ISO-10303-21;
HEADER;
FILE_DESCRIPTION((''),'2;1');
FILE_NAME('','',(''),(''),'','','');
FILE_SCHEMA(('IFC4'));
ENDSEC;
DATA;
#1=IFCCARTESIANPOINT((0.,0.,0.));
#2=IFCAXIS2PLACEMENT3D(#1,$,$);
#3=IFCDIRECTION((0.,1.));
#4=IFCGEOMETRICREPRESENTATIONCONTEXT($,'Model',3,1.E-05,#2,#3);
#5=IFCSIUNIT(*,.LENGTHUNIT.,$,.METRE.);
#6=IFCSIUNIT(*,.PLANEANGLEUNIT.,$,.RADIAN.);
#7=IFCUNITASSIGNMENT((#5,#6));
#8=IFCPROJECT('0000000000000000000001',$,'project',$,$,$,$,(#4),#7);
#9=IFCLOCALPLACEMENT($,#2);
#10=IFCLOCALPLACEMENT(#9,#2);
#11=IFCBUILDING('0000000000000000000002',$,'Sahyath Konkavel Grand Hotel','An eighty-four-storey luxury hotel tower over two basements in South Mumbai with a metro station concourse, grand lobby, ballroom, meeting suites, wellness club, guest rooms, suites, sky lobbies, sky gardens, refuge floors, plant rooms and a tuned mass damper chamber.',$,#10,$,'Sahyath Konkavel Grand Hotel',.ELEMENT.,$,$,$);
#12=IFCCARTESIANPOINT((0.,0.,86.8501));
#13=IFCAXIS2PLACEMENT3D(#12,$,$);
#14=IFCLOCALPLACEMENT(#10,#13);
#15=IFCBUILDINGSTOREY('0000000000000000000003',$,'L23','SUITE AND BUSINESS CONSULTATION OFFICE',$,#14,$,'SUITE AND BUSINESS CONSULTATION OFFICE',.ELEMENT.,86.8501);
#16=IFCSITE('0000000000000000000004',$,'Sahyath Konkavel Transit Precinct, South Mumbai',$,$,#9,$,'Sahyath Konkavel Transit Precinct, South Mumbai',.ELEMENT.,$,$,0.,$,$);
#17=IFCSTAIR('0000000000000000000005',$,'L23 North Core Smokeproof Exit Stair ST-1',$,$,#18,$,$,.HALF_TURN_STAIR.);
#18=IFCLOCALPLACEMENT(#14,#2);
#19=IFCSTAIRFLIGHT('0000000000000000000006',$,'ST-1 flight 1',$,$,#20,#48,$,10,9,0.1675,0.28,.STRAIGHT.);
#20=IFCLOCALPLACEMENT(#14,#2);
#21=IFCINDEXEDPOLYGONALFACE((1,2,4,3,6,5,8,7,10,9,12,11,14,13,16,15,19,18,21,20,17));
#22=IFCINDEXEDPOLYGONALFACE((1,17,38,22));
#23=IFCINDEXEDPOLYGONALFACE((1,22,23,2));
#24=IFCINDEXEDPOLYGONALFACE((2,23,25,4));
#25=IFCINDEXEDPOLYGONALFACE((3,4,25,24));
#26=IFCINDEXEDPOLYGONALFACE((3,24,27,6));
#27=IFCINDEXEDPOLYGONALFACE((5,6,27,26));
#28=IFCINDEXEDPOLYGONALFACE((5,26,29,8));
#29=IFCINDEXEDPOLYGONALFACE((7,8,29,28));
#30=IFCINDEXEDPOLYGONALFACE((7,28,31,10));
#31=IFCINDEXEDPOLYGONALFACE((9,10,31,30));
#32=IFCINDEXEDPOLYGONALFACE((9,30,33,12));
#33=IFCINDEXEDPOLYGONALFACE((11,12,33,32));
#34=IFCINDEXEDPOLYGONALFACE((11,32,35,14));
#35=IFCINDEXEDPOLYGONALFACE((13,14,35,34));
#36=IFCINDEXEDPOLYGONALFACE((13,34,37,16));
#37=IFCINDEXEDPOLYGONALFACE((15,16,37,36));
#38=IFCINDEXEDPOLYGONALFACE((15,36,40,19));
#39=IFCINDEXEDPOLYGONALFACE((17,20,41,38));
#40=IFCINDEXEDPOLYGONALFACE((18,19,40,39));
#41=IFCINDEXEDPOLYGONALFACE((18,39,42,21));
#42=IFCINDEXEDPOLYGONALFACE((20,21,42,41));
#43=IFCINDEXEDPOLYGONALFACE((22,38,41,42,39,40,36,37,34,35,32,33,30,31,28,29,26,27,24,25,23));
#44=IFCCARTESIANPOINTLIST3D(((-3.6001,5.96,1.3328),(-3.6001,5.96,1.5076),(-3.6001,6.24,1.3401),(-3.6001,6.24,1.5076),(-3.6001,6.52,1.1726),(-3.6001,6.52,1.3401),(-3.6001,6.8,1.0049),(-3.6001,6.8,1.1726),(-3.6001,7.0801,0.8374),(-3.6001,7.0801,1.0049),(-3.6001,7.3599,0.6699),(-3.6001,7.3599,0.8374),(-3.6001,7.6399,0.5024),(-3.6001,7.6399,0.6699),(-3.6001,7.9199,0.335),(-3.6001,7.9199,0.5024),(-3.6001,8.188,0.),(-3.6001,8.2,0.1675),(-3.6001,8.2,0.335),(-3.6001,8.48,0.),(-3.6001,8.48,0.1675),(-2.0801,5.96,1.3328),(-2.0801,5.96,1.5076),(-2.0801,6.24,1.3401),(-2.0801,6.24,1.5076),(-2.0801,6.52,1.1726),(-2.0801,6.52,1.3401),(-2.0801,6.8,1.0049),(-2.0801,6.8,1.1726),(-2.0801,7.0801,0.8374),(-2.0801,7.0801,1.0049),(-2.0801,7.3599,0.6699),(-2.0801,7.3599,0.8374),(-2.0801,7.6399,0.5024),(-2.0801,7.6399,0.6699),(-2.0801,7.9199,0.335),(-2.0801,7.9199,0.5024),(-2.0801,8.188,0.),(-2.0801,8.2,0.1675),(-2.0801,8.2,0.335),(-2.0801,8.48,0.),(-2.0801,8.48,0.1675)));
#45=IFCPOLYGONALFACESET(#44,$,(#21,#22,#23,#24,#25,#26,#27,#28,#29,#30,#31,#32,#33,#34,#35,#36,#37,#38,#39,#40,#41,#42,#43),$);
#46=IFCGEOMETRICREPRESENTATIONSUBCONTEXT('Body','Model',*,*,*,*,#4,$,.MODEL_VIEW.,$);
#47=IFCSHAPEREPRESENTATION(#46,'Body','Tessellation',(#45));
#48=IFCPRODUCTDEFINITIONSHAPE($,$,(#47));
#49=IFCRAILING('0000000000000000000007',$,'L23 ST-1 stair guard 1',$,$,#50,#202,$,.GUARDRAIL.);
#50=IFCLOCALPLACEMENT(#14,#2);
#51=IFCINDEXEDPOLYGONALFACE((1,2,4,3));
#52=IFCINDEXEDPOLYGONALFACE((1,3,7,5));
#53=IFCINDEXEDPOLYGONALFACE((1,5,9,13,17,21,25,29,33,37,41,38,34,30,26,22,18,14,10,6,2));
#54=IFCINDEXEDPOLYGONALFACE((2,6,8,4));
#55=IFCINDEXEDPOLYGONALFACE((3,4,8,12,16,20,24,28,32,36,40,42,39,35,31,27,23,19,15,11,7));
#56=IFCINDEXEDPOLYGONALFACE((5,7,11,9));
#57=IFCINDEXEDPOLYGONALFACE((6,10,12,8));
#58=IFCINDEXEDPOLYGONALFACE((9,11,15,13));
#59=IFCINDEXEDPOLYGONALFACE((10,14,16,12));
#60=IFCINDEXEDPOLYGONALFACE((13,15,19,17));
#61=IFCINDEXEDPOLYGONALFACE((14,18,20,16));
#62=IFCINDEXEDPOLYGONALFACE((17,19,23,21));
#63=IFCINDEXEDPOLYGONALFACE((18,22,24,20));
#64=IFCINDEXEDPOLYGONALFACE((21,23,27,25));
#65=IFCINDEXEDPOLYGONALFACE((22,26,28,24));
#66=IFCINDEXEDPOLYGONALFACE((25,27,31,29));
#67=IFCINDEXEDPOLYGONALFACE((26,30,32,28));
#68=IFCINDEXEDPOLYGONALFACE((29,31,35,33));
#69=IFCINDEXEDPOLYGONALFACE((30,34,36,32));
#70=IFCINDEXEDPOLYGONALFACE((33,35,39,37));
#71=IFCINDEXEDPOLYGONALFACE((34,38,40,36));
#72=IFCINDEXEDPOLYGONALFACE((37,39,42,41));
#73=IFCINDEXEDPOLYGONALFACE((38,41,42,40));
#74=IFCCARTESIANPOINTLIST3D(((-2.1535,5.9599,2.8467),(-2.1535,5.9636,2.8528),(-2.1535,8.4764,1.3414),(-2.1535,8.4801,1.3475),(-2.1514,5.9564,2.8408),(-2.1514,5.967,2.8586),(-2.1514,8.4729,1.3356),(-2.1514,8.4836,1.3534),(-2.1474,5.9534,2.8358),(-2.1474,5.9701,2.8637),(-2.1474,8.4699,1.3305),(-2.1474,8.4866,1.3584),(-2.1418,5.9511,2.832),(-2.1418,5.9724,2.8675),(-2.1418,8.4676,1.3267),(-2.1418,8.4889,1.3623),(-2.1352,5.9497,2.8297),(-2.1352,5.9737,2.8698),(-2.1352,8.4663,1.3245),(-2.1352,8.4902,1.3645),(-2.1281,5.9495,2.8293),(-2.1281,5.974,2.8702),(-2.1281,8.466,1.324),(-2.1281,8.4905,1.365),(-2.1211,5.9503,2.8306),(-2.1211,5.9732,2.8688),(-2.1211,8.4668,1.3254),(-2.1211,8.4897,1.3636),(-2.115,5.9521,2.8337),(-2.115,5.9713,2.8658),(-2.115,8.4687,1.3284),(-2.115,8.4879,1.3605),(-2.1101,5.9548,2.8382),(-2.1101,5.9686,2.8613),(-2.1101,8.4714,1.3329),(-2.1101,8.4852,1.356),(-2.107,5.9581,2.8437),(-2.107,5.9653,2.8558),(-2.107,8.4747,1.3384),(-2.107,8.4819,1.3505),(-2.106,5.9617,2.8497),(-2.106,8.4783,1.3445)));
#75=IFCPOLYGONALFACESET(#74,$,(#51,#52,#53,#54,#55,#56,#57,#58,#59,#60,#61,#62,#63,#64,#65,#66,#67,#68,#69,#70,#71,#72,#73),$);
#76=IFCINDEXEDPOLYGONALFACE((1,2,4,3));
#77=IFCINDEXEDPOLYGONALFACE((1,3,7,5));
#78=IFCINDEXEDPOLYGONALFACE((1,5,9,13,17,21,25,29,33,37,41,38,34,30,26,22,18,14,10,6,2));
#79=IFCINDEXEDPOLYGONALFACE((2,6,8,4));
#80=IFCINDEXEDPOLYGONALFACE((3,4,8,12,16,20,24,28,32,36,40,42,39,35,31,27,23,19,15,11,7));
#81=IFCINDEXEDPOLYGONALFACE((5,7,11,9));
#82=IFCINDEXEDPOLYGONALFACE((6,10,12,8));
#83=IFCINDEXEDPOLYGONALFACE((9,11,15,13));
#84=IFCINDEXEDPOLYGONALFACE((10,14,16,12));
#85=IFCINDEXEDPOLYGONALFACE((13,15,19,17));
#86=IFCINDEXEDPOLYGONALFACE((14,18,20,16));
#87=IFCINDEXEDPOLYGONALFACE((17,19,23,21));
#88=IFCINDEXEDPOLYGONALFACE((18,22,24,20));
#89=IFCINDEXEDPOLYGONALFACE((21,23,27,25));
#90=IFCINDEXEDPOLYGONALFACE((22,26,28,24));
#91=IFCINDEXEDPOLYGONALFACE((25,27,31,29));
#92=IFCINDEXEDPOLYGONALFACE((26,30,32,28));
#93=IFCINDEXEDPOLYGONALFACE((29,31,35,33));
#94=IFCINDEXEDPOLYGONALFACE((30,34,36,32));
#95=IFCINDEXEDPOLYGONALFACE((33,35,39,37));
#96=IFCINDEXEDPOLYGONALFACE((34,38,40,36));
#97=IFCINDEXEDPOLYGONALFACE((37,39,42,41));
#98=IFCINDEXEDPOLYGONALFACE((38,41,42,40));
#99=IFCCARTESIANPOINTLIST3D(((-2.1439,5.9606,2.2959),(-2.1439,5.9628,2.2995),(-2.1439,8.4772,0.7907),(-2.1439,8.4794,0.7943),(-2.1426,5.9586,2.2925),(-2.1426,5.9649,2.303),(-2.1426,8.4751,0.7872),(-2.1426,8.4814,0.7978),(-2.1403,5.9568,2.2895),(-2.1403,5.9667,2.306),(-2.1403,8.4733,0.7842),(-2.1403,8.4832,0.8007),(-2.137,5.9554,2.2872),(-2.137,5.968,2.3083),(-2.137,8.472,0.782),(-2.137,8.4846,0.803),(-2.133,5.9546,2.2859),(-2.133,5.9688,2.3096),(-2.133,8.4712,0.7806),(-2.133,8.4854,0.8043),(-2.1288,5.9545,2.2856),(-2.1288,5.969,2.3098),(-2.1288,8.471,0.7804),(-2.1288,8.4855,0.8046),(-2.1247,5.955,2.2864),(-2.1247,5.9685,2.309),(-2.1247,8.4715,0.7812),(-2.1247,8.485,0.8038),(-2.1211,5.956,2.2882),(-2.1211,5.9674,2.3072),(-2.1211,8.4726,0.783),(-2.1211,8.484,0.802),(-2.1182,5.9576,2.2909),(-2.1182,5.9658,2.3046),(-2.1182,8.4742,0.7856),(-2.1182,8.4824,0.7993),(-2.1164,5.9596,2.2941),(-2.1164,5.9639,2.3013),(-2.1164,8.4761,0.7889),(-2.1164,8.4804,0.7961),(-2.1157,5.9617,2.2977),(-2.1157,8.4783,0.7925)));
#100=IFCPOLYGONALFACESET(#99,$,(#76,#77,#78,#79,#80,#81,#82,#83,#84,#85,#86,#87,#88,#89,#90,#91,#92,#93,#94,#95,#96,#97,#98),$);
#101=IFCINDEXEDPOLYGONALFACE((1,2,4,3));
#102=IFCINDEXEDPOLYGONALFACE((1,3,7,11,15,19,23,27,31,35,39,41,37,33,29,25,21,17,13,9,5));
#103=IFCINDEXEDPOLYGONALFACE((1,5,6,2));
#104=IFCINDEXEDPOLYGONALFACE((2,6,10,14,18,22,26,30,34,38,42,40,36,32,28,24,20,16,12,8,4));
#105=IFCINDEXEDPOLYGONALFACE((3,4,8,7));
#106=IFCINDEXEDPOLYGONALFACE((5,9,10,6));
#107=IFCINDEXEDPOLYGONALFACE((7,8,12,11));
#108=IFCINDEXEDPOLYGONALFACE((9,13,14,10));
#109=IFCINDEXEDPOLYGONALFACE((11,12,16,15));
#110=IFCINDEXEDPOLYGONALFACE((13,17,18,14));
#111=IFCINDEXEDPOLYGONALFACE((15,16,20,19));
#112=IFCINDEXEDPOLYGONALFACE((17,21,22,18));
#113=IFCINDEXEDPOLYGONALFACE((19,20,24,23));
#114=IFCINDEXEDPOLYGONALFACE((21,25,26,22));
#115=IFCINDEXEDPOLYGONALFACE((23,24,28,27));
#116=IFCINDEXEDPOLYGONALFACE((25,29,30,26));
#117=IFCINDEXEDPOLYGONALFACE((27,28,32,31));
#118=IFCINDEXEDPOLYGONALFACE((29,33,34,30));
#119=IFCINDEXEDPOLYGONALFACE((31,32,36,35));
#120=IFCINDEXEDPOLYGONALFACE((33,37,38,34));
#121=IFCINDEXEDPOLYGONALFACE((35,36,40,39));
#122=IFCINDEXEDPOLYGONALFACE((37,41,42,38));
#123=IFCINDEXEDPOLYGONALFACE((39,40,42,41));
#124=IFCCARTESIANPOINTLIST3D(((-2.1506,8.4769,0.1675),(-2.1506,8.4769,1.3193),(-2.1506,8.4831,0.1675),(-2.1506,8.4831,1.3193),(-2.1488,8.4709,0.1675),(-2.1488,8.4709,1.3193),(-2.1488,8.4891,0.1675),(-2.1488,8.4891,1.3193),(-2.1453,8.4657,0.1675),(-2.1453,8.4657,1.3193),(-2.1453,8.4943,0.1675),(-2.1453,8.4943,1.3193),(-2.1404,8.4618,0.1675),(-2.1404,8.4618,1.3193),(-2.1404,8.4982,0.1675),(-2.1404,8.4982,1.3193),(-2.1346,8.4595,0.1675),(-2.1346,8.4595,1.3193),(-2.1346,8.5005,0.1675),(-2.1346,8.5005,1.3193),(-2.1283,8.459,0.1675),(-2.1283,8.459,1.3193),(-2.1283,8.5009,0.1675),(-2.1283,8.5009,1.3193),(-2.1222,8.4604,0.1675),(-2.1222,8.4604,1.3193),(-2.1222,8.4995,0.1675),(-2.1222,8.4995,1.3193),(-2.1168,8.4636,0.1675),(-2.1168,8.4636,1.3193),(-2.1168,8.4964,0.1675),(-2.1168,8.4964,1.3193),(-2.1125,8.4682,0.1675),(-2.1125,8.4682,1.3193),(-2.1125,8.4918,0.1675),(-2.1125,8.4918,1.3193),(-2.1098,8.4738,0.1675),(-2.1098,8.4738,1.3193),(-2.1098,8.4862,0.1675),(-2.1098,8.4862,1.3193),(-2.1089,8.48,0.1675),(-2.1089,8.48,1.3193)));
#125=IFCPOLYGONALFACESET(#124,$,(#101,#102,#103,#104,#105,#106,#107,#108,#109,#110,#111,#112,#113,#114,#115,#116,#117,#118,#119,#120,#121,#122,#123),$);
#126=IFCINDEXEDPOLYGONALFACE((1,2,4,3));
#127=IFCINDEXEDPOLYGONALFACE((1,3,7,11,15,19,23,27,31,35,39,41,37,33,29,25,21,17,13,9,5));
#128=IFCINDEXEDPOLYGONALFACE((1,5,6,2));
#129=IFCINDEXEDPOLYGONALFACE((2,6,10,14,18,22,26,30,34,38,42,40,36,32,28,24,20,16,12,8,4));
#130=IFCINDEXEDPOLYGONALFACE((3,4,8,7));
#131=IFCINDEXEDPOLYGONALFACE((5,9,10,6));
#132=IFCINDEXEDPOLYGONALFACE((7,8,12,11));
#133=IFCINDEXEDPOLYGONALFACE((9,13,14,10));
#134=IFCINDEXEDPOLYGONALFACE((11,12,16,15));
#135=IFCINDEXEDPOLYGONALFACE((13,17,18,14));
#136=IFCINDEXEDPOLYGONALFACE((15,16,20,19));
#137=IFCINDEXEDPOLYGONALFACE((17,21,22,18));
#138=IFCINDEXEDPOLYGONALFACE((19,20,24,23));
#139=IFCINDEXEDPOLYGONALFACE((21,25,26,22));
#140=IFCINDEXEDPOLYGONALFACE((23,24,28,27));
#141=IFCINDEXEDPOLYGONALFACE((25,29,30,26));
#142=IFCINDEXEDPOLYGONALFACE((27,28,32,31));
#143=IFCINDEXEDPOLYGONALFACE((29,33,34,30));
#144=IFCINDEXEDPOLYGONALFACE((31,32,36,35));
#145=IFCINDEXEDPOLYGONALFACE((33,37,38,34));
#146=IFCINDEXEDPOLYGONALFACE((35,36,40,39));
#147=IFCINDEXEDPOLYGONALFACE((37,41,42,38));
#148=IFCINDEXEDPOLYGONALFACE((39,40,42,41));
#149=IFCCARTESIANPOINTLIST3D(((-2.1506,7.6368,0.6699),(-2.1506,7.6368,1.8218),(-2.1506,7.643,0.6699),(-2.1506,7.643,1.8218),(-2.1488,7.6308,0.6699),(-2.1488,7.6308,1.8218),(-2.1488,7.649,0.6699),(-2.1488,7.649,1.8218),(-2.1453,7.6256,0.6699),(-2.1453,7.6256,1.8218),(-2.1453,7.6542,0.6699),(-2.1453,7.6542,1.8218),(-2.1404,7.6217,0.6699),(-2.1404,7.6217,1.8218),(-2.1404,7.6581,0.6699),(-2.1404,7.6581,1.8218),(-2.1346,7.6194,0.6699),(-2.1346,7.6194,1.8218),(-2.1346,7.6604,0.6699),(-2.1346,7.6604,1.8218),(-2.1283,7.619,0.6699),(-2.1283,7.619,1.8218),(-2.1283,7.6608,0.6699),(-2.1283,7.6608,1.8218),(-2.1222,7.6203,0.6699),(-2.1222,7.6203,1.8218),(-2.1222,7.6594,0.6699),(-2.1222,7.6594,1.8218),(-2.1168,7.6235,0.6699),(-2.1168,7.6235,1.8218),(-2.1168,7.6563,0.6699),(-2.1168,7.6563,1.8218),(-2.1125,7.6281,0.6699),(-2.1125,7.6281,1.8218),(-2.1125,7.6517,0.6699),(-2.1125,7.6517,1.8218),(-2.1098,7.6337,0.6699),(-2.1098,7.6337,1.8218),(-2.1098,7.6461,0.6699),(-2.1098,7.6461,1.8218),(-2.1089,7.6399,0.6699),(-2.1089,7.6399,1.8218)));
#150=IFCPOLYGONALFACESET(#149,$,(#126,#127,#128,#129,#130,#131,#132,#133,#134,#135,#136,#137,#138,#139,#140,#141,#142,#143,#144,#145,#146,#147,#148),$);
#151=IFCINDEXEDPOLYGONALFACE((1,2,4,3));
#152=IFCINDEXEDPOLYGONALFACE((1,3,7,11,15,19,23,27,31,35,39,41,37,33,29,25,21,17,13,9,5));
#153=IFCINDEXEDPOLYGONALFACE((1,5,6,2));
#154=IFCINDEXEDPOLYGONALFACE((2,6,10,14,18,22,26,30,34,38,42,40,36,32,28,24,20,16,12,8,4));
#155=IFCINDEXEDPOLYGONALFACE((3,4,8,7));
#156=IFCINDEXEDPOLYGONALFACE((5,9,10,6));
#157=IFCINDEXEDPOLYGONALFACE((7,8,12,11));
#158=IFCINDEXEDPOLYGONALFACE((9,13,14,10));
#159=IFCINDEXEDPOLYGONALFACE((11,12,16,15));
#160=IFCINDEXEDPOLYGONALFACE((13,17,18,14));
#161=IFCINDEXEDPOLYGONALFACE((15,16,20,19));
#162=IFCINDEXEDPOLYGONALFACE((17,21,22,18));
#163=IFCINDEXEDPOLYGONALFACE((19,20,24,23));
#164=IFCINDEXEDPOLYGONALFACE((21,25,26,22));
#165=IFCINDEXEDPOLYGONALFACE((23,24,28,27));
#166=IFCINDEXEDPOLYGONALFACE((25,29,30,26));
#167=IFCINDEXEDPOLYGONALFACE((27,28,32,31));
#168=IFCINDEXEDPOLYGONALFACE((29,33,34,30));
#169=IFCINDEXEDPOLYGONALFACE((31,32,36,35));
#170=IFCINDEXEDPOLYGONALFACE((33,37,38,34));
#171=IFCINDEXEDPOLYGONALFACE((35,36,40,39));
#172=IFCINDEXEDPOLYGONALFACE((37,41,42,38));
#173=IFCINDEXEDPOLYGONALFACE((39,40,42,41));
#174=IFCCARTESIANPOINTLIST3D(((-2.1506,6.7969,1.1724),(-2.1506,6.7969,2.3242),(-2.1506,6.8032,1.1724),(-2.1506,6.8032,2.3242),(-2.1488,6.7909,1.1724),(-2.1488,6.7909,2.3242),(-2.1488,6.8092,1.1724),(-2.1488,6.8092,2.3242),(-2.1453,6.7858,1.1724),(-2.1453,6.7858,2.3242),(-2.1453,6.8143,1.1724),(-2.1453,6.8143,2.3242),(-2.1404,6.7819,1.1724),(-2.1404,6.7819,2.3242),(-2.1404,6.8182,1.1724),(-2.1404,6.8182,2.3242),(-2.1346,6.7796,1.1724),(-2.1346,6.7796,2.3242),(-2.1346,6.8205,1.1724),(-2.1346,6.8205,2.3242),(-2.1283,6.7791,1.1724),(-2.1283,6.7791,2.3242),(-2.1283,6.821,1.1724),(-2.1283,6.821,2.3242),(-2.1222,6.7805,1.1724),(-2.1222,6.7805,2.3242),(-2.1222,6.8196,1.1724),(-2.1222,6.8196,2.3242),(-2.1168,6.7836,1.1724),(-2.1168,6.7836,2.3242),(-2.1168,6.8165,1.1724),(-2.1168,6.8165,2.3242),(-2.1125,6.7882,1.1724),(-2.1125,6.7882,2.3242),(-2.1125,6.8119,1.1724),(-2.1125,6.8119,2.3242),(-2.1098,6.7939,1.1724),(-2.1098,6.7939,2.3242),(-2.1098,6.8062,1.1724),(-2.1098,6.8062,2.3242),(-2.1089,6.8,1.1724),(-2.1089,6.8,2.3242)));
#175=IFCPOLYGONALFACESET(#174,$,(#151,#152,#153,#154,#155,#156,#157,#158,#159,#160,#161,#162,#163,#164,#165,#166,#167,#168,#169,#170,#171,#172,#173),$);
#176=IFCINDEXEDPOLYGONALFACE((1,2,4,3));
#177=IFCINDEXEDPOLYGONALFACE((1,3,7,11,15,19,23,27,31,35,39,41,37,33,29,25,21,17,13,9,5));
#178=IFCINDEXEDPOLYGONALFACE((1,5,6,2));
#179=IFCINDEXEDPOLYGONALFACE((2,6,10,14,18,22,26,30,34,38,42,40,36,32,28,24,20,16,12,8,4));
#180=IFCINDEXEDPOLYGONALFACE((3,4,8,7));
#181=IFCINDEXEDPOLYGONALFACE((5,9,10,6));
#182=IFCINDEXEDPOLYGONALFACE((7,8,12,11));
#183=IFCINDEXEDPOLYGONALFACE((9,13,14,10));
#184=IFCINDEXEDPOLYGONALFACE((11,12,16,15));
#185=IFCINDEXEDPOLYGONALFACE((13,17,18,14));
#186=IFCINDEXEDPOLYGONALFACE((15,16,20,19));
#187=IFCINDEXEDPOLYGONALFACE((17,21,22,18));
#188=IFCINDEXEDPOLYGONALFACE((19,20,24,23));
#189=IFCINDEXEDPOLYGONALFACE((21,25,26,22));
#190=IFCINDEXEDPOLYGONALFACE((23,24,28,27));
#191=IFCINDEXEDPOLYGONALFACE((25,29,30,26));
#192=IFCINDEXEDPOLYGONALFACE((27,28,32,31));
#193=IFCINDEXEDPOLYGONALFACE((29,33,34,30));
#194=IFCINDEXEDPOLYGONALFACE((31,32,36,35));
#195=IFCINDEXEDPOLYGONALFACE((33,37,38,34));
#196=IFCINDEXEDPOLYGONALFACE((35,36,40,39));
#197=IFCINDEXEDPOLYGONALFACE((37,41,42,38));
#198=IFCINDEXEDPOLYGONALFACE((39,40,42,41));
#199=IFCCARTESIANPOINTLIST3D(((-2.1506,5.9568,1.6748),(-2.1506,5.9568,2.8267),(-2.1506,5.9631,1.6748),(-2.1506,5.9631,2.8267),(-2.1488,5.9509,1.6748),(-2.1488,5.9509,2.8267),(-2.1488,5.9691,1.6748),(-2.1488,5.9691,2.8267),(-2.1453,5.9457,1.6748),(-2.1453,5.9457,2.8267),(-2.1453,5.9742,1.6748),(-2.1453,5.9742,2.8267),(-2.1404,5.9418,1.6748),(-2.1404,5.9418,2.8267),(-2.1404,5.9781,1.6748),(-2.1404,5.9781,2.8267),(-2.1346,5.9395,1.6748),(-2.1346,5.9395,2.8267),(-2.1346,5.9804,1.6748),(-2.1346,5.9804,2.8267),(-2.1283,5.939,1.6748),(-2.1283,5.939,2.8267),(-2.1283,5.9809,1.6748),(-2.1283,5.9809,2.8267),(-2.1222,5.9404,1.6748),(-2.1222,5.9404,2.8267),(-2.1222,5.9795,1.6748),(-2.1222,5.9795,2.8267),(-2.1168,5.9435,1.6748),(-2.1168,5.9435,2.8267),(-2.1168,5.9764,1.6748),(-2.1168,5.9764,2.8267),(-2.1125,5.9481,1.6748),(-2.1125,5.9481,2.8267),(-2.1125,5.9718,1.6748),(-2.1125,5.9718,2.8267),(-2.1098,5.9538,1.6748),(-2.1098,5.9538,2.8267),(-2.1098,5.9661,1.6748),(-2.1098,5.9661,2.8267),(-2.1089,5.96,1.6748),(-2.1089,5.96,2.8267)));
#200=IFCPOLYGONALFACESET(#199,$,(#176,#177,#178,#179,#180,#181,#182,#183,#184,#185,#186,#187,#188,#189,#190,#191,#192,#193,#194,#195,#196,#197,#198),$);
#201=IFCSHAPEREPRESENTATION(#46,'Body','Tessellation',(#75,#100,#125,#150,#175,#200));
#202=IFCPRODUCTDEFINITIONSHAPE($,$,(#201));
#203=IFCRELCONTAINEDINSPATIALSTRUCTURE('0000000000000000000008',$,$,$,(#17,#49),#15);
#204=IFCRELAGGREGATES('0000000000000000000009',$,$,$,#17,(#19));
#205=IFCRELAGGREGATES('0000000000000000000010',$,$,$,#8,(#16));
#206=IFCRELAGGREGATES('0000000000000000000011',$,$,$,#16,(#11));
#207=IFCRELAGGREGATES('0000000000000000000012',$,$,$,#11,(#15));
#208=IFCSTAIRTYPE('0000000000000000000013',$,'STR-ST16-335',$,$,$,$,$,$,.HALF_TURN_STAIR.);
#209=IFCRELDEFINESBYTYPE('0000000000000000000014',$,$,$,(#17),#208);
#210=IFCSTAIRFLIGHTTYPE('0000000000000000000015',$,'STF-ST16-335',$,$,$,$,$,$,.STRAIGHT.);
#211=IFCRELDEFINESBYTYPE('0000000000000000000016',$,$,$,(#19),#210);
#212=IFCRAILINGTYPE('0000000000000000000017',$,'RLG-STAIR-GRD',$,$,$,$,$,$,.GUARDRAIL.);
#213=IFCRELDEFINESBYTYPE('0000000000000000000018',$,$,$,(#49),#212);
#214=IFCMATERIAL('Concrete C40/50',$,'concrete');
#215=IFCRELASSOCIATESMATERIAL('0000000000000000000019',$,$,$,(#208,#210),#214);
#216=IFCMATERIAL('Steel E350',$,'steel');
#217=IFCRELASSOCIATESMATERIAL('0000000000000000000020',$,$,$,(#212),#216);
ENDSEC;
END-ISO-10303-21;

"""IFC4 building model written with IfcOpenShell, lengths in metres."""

from ifc_helpers import new_model, si_unit, direction, frame, origin, origin_2d, place, context, subcontext, project, spatial, polyline, circle, outline, extrude, material, type_object, element, aggregate, save


model = new_model("IFC4")

# Units and contexts
model_context = context("Model", 3, precision=1e-05, world=origin(), true_north=direction((0.0, 1.0)))
body_context = subcontext(model_context, "Body", "Model", "MODEL_VIEW")
ifc_project = project(units=[si_unit("LENGTHUNIT", "METRE"), si_unit("PLANEANGLEUNIT", "RADIAN")], contexts=[model_context])

# Site, building, storey
site_placement = place(None, origin())
site = spatial("IfcSite", under=ifc_project, at=site_placement, Name="Sahyath Konkavel Transit Precinct, South Mumbai", LongName="Sahyath Konkavel Transit Precinct, South Mumbai", CompositionType="ELEMENT", RefElevation=0.0)
building_placement = place(site_placement, origin())
building = spatial("IfcBuilding", under=site, at=building_placement, Name="Sahyath Konkavel Grand Hotel", Description="An eighty-four-storey luxury hotel tower over two basements in South Mumbai with a metro station concourse, grand lobby, ballroom, meeting suites, wellness club, guest rooms, suites, sky lobbies, sky gardens, refuge floors, plant rooms and a tuned mass damper chamber.", LongName="Sahyath Konkavel Grand Hotel", CompositionType="ELEMENT")
storey_placement = place(building_placement, frame((0.0, 0.0, 86.8501)))
storey = spatial("IfcBuildingStorey", under=building, at=storey_placement, Name="L23", Description="SUITE AND BUSINESS CONSULTATION OFFICE", LongName="SUITE AND BUSINESS CONSULTATION OFFICE", CompositionType="ELEMENT", Elevation=86.8501)

# Shared definitions
ifc_material_1 = material(Name="Steel E350", Category="steel")

# Stair, stair flight
ifc_material_2 = material(Name="Concrete C40/50", Category="concrete")
stair_type = type_object("IfcStairType", Name="STR-ST16-335", PredefinedType="HALF_TURN_STAIR", material=ifc_material_2)
stair_placement = place(storey_placement, origin())
stair = element("IfcStair", 1, at=stair_placement, inside=storey, type_object=stair_type, Name="L23 North Core Smokeproof Exit Stair ST-1", PredefinedType="HALF_TURN_STAIR")
stair_flight_type = type_object("IfcStairFlightType", Name="STF-ST16-335", PredefinedType="STRAIGHT", material=ifc_material_2)
stair_flight_placement = place(storey_placement, frame((-2.8401, 8.48, 0.0), z_axis=(0.0, 0.0, 1.0), x_axis=(0.0, -1.0, 0.0)))
stair_flight = element("IfcStairFlight", 2, at=stair_flight_placement, type_object=stair_flight_type, Name="ST-1 flight 1", NumberOfRisers=10, NumberOfTreads=9, PredefinedType="STRAIGHT", RiserHeight=0.1675, TreadLength=0.28, context=body_context, shape_type="SweptSolid", body=[
    extrude(outline(polyline([(0.0, 0.0), (0.0, 0.1675), (0.28, 0.1675), (0.28, 0.335), (0.5601, 0.335), (0.5601, 0.5024), (0.8401, 0.5024), (0.8401, 0.6699), (1.1201, 0.6699), (1.1201, 0.8374), (1.3999, 0.8374), (1.3999, 1.0049), (1.6799, 1.0049), (1.6799, 1.1726), (1.96, 1.1726), (1.96, 1.3401), (2.24, 1.3401), (2.24, 1.5076), (2.52, 1.5076), (2.52, 1.675), (2.52, 1.3328), (0.292, 0.0), (0.0, 0.0)])), frame((0.0, 0.76, 0.0), z_axis=(0.0, -1.0, 0.0), x_axis=(1.0, 0.0, 0.0)), (0.0, 0.0, 1.0), 1.52),
])
aggregate(stair, [stair_flight])

# Railing
railing_type_1 = type_object("IfcRailingType", Name="RLG-STAIR-GRD", PredefinedType="GUARDRAIL", material=ifc_material_1)
railing_1_placement = place(storey_placement, frame((-2.1299, 8.48, 0.1675)))
element("IfcRailing", 3, at=railing_1_placement, inside=storey, type_object=railing_type_1, Name="L23 ST-1 stair guard 1", PredefinedType="GUARDRAIL", context=body_context, shape_type="SweptSolid", body=[
    extrude(circle(Radius=0.0239, at=origin_2d()), frame((0.0, -0.0017, 1.177), z_axis=(0.0, -0.858196, 0.513321), x_axis=(1.0, 0.0, 0.0)), (0.0, 0.0, 1.0), 2.9324),
    extrude(circle(Radius=0.0142, at=origin_2d()), frame((0.0, -0.0017, 0.625), z_axis=(0.0, -0.858196, 0.513321), x_axis=(1.0, 0.0, 0.0)), (0.0, 0.0, 1.0), 2.9324),
    extrude(circle(Radius=0.021, at=origin_2d()), origin(), (0.0, 0.0, 1.0), 1.1519),
    extrude(circle(Radius=0.021, at=origin_2d()), frame((0.0, -0.8401, 0.5024)), (0.0, 0.0, 1.0), 1.1519),
    extrude(circle(Radius=0.021, at=origin_2d()), frame((0.0, -1.6799, 1.0049)), (0.0, 0.0, 1.0), 1.1519),
    extrude(circle(Radius=0.021, at=origin_2d()), frame((0.0, -2.52, 1.5073)), (0.0, 0.0, 1.0), 1.1519),
])

save(model, "model.ifc")
